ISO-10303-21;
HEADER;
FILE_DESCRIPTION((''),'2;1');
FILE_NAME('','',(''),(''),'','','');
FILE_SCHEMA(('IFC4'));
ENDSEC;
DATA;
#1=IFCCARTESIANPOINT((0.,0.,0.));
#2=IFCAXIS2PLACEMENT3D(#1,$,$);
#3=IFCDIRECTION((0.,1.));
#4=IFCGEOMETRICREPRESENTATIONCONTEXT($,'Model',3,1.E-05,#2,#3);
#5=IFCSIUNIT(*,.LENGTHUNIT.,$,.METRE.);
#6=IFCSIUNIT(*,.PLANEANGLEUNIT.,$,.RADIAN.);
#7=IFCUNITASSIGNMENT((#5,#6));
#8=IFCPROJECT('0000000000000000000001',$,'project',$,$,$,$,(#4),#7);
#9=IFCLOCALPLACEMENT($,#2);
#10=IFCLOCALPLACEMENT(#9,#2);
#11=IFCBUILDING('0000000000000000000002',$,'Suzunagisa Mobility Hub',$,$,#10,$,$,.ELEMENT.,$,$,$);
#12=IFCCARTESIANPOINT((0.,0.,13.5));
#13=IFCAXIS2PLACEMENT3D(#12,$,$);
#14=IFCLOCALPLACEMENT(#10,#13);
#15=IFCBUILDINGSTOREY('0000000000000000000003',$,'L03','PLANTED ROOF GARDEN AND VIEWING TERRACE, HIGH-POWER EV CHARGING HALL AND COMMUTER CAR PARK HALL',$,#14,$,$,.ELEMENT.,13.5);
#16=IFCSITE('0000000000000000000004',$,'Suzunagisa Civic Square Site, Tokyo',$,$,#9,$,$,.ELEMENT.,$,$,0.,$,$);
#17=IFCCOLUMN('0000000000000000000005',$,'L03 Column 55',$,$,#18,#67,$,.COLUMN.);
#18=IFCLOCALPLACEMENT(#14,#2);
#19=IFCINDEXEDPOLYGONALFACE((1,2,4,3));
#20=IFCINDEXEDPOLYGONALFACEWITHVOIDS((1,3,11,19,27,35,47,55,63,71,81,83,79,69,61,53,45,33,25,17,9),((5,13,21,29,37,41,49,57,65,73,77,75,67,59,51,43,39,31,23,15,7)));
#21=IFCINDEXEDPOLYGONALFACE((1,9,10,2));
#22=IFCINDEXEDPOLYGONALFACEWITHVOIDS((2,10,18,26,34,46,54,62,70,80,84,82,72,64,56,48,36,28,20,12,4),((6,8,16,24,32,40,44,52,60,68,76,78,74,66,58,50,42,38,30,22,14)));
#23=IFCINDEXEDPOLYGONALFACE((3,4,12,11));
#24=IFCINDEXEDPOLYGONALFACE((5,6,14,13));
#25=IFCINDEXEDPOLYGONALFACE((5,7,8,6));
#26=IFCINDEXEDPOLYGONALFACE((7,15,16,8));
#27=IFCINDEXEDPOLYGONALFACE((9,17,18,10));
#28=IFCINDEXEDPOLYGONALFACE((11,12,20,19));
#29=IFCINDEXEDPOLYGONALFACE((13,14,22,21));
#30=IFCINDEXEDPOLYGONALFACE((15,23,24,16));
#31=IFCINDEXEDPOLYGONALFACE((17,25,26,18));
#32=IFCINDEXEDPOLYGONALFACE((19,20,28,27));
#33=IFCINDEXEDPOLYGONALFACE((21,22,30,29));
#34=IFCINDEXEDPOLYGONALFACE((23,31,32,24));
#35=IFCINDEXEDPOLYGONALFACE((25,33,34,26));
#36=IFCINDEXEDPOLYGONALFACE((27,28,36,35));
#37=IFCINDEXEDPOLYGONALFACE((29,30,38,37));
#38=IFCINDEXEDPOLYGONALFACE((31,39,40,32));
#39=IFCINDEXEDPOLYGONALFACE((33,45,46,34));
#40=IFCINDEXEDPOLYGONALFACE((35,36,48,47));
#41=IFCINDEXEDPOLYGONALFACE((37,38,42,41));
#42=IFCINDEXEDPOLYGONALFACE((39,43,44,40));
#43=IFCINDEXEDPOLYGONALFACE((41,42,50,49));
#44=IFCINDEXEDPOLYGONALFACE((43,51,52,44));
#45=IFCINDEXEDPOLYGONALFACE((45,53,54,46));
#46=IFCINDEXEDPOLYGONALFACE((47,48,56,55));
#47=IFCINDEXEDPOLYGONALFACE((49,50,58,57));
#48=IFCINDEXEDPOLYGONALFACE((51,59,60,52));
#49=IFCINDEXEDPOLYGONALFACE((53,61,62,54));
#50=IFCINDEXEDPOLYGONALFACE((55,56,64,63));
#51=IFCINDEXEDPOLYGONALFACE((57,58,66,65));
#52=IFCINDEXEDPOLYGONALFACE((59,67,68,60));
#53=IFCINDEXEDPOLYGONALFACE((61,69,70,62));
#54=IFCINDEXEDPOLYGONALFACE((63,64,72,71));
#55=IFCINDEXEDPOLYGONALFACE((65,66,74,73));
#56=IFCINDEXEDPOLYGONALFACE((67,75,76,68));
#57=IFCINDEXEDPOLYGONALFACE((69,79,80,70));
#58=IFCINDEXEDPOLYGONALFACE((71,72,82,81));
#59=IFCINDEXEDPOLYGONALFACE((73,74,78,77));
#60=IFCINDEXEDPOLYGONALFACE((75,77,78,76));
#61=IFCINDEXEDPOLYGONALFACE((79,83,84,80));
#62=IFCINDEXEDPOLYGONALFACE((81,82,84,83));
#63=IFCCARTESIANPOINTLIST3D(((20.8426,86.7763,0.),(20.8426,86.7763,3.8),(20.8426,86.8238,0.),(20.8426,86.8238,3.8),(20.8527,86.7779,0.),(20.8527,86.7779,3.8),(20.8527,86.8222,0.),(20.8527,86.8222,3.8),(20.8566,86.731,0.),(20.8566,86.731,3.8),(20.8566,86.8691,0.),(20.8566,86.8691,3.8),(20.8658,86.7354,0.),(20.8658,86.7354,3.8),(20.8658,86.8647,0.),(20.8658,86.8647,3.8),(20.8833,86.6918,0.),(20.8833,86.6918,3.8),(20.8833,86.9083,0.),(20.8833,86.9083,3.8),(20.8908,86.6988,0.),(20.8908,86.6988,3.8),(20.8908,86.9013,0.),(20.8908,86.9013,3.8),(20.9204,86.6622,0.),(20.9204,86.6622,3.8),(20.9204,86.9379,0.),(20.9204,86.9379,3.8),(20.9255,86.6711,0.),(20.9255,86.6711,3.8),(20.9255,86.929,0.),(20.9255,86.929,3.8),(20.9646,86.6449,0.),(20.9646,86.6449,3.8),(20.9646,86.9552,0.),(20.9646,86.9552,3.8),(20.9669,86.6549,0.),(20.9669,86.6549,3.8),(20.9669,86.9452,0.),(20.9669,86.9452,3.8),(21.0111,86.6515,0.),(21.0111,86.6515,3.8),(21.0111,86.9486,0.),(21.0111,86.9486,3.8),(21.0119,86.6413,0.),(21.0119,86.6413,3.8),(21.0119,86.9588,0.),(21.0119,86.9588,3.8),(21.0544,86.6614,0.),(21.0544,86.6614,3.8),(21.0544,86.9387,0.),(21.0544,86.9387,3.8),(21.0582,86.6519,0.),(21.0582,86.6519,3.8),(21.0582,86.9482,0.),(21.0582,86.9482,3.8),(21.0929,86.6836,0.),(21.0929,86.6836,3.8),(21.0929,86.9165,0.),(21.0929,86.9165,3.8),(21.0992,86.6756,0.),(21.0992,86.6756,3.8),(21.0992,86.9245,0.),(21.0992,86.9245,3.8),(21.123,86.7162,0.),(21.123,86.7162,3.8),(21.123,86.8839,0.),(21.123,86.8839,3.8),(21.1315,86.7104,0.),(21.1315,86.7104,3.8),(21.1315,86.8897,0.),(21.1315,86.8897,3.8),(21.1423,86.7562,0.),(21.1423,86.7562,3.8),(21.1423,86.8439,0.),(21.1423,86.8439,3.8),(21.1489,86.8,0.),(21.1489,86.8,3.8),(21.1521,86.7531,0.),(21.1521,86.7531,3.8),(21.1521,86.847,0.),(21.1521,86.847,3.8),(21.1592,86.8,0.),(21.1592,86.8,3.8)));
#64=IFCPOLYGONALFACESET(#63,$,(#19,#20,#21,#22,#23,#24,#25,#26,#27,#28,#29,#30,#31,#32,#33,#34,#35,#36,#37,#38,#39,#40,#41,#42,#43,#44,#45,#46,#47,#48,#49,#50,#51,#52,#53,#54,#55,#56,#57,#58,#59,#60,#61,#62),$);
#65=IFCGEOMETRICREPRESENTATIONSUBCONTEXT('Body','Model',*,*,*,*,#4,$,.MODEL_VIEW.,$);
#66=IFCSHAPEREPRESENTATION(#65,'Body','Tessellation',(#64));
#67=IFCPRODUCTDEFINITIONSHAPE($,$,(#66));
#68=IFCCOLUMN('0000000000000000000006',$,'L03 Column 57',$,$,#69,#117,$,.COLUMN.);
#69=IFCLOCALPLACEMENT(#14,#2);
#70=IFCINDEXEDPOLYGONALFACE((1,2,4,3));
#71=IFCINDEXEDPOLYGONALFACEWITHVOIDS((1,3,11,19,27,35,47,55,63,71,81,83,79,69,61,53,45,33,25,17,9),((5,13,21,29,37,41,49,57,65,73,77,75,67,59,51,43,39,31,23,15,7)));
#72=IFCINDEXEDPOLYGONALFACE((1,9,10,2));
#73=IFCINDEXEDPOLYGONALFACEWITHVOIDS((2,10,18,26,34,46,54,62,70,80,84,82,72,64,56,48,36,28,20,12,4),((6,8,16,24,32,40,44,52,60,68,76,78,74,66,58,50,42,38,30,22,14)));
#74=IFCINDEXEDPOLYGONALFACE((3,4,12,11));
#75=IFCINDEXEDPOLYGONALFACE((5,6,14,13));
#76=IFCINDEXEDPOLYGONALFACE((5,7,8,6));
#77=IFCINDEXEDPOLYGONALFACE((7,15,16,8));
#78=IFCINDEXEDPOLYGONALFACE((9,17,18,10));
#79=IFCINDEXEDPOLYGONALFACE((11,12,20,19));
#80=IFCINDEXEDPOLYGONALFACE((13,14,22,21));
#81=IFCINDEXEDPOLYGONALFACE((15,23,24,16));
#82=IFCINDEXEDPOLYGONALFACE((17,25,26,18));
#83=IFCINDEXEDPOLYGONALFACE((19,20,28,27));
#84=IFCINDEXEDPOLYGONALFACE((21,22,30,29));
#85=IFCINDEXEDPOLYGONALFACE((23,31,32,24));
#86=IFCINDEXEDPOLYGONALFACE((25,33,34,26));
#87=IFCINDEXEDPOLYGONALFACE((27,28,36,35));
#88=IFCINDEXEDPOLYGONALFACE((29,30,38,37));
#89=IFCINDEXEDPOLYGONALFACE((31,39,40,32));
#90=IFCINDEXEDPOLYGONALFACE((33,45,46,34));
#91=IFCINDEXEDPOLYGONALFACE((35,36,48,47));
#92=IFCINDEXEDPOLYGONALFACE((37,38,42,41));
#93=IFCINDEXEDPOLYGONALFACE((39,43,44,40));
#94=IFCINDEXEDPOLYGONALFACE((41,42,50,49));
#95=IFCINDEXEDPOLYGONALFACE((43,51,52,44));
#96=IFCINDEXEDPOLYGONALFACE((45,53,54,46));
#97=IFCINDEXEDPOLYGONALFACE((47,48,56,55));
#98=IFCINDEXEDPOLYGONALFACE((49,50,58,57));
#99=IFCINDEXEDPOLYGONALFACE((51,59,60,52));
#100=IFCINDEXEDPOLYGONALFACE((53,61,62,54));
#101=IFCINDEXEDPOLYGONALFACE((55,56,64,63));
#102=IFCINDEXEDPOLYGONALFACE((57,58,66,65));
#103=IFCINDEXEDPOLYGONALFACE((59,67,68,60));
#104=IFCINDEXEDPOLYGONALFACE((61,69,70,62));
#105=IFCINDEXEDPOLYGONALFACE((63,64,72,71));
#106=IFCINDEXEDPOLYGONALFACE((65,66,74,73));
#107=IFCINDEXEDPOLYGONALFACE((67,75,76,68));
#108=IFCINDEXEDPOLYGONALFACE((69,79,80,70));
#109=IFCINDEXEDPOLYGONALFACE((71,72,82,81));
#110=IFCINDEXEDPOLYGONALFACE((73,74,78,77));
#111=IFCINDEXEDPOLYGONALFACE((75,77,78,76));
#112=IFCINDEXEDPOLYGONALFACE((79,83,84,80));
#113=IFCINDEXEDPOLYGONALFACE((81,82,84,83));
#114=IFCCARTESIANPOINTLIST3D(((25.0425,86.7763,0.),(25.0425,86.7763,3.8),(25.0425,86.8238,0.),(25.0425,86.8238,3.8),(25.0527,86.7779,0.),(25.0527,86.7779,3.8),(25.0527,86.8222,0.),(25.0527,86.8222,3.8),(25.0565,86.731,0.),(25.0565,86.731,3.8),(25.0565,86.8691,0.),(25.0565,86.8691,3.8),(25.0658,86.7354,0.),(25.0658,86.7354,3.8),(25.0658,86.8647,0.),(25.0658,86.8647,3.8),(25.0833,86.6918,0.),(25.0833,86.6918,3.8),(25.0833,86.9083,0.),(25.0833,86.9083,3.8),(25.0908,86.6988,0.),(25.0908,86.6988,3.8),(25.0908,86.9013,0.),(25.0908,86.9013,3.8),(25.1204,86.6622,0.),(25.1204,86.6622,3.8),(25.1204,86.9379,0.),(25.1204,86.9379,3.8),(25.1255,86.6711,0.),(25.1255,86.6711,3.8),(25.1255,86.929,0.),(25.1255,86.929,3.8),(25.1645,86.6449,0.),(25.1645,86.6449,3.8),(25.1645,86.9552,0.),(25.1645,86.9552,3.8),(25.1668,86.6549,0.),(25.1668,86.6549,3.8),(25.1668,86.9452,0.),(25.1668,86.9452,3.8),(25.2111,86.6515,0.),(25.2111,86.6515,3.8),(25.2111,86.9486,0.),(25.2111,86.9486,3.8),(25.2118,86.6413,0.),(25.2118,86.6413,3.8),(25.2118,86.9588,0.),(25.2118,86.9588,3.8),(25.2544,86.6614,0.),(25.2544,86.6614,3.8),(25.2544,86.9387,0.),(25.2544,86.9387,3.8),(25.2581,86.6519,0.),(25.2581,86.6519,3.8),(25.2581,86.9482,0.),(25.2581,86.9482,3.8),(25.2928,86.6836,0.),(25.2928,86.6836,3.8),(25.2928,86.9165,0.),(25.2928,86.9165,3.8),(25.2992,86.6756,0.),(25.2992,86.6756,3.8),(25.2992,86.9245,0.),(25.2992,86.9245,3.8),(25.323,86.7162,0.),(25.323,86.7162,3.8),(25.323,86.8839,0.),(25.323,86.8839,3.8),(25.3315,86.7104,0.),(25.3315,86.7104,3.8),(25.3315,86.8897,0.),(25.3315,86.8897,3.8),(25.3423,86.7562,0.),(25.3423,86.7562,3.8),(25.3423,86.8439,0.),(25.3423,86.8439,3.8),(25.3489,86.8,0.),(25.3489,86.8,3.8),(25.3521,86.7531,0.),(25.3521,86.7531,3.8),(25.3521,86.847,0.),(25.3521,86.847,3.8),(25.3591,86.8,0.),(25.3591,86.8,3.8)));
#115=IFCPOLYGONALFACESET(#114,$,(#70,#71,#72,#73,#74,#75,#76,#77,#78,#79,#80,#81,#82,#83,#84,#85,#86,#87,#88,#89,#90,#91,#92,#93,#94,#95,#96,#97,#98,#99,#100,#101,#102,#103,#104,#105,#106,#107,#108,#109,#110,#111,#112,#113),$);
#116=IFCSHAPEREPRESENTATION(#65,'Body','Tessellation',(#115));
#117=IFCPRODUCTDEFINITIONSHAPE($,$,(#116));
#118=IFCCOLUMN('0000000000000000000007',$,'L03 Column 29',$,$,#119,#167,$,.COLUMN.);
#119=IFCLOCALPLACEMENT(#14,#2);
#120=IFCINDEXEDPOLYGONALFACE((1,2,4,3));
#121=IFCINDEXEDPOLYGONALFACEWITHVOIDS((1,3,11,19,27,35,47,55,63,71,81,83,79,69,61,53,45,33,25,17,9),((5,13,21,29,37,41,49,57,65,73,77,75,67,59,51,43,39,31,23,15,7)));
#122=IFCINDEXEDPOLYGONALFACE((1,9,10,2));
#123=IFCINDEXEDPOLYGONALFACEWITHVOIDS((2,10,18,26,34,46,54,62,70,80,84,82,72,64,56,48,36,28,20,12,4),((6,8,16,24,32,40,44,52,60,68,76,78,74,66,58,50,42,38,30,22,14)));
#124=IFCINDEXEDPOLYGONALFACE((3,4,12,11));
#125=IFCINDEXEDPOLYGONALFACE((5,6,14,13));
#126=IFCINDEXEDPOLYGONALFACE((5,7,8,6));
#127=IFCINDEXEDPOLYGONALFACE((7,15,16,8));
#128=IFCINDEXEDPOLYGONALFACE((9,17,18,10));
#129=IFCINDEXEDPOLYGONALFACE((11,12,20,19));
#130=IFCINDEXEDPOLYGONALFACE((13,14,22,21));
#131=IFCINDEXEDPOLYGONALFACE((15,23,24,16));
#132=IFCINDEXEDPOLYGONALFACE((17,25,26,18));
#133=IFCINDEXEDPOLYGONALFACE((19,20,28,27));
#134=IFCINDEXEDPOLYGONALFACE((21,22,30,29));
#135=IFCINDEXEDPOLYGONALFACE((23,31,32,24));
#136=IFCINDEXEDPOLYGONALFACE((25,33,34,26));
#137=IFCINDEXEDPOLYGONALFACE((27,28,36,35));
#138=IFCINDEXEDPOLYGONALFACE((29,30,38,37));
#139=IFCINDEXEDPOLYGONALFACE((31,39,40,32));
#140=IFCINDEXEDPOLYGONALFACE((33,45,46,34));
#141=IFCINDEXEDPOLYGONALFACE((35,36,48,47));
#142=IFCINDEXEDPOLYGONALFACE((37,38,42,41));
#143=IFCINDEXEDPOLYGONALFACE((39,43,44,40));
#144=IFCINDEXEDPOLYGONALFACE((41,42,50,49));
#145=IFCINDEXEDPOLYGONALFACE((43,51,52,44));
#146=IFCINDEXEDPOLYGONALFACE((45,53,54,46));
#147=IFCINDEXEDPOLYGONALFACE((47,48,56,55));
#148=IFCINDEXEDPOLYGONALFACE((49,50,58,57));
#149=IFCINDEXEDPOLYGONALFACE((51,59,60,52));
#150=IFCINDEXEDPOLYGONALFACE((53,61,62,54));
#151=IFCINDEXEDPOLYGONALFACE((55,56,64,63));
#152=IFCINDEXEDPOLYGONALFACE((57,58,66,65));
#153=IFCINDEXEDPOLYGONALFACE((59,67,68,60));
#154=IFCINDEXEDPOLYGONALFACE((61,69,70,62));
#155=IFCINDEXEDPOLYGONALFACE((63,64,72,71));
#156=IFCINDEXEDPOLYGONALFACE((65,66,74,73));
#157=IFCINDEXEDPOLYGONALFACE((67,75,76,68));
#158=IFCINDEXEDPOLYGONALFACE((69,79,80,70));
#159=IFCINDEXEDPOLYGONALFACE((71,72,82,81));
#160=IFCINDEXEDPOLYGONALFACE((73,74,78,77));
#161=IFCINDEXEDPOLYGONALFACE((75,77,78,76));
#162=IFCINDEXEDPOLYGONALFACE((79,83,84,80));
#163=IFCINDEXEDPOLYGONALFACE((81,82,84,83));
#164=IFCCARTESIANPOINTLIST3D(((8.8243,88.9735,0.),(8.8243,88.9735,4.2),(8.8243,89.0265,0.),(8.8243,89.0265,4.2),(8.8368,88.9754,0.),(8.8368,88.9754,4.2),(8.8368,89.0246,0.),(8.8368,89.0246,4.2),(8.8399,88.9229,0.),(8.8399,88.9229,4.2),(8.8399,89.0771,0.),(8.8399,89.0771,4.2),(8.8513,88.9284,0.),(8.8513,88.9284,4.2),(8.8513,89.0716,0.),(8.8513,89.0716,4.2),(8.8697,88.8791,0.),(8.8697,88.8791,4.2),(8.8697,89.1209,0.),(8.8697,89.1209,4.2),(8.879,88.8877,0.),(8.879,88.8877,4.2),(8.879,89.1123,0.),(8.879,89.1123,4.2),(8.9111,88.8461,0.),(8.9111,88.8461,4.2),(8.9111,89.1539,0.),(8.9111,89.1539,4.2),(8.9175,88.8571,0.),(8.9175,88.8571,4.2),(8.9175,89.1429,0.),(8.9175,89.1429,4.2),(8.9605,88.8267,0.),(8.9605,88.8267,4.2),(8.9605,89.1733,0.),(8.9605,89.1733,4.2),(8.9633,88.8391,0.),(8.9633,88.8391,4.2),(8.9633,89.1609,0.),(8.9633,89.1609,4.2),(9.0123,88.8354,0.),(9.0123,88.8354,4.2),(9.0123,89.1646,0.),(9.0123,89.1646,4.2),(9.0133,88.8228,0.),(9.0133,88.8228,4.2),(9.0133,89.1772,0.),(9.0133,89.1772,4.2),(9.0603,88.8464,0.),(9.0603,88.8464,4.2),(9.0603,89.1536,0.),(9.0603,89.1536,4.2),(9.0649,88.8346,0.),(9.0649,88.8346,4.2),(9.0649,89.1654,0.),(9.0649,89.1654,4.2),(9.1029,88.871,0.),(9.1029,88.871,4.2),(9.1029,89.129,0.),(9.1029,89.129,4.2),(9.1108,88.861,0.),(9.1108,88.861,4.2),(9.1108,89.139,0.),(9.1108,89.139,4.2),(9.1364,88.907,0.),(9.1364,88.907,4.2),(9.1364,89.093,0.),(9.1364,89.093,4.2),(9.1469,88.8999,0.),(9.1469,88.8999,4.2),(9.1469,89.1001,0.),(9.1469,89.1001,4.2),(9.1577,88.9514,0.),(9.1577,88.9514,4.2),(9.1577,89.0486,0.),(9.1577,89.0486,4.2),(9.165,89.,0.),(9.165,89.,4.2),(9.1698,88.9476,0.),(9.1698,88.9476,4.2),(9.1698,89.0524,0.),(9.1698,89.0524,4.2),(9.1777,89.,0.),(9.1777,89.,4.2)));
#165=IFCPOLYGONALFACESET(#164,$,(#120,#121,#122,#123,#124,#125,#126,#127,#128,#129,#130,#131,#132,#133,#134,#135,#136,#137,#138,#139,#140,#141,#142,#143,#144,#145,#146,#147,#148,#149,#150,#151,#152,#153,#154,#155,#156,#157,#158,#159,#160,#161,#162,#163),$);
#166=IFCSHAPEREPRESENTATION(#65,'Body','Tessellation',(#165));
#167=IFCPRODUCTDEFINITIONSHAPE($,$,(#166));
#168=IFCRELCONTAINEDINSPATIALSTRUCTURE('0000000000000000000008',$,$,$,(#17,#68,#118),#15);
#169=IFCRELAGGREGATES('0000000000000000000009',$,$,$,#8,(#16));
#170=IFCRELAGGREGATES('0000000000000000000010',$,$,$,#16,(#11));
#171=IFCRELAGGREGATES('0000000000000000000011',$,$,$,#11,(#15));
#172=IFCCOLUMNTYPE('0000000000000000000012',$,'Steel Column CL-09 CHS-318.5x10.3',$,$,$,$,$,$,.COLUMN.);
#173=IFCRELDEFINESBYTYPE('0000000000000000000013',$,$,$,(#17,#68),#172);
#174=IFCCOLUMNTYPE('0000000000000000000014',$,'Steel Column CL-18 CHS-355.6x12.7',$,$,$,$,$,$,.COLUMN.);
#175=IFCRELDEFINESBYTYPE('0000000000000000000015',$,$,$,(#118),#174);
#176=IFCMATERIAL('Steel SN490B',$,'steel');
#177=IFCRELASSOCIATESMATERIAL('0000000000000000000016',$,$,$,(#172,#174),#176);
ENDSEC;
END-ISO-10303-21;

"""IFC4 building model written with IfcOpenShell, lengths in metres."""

from ifc_helpers import new_model, si_unit, direction, frame, origin, origin_2d, place, context, subcontext, project, spatial, hollow_circle, extrude, material, material_profile, profile_set, type_object, element, save


model = new_model("IFC4")

# Units and contexts
model_context = context("Model", 3, precision=1e-05, world=origin(), true_north=direction((0.0, 1.0)))
body_context = subcontext(model_context, "Body", "Model", "MODEL_VIEW")
ifc_project = project(units=[si_unit("LENGTHUNIT", "METRE"), si_unit("PLANEANGLEUNIT", "RADIAN")], contexts=[model_context])

# Site, building, storey
site_placement = place(None, origin())
site = spatial("IfcSite", under=ifc_project, at=site_placement, Name="Suzunagisa Civic Square Site, Tokyo", CompositionType="ELEMENT", RefElevation=0.0)
building_placement = place(site_placement, origin())
building = spatial("IfcBuilding", under=site, at=building_placement, Name="Suzunagisa Mobility Hub", CompositionType="ELEMENT")
storey_placement = place(building_placement, frame((0.0, 0.0, 13.5)))
storey = spatial("IfcBuildingStorey", under=building, at=storey_placement, Name="L03", Description="PLANTED ROOF GARDEN AND VIEWING TERRACE, HIGH-POWER EV CHARGING HALL AND COMMUTER CAR PARK HALL", CompositionType="ELEMENT", Elevation=13.5)

# Columns
ifc_material_1 = material(Name="Steel SN490B", Category="steel")
ifc_material_profile_1 = material_profile(ifc_material_1, hollow_circle(Radius=0.1592, WallThickness=0.0103, at=origin_2d()), Name="CHS-318.5x10.3")
ifc_profile_set_1 = profile_set([ifc_material_profile_1], Name="Steel SN490B")
column_type_1 = type_object("IfcColumnType", Name="Steel Column CL-09 CHS-318.5x10.3", PredefinedType="COLUMN", material=ifc_profile_set_1)
for number, where, z_axis, x_axis, name in (
    (1, (21.0, 86.8, 0.0), (0.0, 0.0, 1.0), (1.0, 0.0, 0.0), "L03 Column 55"),
    (2, (25.2, 86.8, 0.0), (0.0, 0.0, 1.0), (1.0, 0.0, 0.0), "L03 Column 57"),
):
    element("IfcColumn", number, at=place(storey_placement, frame(where, z_axis=z_axis, x_axis=x_axis)), inside=storey, type_object=column_type_1, Name=name, PredefinedType="COLUMN", context=body_context, shape_type="SweptSolid", body=[
        extrude(hollow_circle(Radius=0.1592, WallThickness=0.0103, at=origin_2d()), origin(), (0.0, 0.0, 1.0), 3.8),
    ])
ifc_material_profile_2 = material_profile(ifc_material_1, hollow_circle(Radius=0.1777, WallThickness=0.0127, at=origin_2d()), Name="CHS-355.6x12.7")
ifc_profile_set_2 = profile_set([ifc_material_profile_2], Name="Steel SN490B")
column_type_2 = type_object("IfcColumnType", Name="Steel Column CL-18 CHS-355.6x12.7", PredefinedType="COLUMN", material=ifc_profile_set_2)
for number, where, z_axis, x_axis, name in (
    (3, (9.0, 89.0, 0.0), (0.0, 0.0, 1.0), (1.0, 0.0, 0.0), "L03 Column 29"),
):
    element("IfcColumn", number, at=place(storey_placement, frame(where, z_axis=z_axis, x_axis=x_axis)), inside=storey, type_object=column_type_2, Name=name, PredefinedType="COLUMN", context=body_context, shape_type="SweptSolid", body=[
        extrude(hollow_circle(Radius=0.1777, WallThickness=0.0127, at=origin_2d()), origin(), (0.0, 0.0, 1.0), 4.2),
    ])

save(model, "model.ifc")
